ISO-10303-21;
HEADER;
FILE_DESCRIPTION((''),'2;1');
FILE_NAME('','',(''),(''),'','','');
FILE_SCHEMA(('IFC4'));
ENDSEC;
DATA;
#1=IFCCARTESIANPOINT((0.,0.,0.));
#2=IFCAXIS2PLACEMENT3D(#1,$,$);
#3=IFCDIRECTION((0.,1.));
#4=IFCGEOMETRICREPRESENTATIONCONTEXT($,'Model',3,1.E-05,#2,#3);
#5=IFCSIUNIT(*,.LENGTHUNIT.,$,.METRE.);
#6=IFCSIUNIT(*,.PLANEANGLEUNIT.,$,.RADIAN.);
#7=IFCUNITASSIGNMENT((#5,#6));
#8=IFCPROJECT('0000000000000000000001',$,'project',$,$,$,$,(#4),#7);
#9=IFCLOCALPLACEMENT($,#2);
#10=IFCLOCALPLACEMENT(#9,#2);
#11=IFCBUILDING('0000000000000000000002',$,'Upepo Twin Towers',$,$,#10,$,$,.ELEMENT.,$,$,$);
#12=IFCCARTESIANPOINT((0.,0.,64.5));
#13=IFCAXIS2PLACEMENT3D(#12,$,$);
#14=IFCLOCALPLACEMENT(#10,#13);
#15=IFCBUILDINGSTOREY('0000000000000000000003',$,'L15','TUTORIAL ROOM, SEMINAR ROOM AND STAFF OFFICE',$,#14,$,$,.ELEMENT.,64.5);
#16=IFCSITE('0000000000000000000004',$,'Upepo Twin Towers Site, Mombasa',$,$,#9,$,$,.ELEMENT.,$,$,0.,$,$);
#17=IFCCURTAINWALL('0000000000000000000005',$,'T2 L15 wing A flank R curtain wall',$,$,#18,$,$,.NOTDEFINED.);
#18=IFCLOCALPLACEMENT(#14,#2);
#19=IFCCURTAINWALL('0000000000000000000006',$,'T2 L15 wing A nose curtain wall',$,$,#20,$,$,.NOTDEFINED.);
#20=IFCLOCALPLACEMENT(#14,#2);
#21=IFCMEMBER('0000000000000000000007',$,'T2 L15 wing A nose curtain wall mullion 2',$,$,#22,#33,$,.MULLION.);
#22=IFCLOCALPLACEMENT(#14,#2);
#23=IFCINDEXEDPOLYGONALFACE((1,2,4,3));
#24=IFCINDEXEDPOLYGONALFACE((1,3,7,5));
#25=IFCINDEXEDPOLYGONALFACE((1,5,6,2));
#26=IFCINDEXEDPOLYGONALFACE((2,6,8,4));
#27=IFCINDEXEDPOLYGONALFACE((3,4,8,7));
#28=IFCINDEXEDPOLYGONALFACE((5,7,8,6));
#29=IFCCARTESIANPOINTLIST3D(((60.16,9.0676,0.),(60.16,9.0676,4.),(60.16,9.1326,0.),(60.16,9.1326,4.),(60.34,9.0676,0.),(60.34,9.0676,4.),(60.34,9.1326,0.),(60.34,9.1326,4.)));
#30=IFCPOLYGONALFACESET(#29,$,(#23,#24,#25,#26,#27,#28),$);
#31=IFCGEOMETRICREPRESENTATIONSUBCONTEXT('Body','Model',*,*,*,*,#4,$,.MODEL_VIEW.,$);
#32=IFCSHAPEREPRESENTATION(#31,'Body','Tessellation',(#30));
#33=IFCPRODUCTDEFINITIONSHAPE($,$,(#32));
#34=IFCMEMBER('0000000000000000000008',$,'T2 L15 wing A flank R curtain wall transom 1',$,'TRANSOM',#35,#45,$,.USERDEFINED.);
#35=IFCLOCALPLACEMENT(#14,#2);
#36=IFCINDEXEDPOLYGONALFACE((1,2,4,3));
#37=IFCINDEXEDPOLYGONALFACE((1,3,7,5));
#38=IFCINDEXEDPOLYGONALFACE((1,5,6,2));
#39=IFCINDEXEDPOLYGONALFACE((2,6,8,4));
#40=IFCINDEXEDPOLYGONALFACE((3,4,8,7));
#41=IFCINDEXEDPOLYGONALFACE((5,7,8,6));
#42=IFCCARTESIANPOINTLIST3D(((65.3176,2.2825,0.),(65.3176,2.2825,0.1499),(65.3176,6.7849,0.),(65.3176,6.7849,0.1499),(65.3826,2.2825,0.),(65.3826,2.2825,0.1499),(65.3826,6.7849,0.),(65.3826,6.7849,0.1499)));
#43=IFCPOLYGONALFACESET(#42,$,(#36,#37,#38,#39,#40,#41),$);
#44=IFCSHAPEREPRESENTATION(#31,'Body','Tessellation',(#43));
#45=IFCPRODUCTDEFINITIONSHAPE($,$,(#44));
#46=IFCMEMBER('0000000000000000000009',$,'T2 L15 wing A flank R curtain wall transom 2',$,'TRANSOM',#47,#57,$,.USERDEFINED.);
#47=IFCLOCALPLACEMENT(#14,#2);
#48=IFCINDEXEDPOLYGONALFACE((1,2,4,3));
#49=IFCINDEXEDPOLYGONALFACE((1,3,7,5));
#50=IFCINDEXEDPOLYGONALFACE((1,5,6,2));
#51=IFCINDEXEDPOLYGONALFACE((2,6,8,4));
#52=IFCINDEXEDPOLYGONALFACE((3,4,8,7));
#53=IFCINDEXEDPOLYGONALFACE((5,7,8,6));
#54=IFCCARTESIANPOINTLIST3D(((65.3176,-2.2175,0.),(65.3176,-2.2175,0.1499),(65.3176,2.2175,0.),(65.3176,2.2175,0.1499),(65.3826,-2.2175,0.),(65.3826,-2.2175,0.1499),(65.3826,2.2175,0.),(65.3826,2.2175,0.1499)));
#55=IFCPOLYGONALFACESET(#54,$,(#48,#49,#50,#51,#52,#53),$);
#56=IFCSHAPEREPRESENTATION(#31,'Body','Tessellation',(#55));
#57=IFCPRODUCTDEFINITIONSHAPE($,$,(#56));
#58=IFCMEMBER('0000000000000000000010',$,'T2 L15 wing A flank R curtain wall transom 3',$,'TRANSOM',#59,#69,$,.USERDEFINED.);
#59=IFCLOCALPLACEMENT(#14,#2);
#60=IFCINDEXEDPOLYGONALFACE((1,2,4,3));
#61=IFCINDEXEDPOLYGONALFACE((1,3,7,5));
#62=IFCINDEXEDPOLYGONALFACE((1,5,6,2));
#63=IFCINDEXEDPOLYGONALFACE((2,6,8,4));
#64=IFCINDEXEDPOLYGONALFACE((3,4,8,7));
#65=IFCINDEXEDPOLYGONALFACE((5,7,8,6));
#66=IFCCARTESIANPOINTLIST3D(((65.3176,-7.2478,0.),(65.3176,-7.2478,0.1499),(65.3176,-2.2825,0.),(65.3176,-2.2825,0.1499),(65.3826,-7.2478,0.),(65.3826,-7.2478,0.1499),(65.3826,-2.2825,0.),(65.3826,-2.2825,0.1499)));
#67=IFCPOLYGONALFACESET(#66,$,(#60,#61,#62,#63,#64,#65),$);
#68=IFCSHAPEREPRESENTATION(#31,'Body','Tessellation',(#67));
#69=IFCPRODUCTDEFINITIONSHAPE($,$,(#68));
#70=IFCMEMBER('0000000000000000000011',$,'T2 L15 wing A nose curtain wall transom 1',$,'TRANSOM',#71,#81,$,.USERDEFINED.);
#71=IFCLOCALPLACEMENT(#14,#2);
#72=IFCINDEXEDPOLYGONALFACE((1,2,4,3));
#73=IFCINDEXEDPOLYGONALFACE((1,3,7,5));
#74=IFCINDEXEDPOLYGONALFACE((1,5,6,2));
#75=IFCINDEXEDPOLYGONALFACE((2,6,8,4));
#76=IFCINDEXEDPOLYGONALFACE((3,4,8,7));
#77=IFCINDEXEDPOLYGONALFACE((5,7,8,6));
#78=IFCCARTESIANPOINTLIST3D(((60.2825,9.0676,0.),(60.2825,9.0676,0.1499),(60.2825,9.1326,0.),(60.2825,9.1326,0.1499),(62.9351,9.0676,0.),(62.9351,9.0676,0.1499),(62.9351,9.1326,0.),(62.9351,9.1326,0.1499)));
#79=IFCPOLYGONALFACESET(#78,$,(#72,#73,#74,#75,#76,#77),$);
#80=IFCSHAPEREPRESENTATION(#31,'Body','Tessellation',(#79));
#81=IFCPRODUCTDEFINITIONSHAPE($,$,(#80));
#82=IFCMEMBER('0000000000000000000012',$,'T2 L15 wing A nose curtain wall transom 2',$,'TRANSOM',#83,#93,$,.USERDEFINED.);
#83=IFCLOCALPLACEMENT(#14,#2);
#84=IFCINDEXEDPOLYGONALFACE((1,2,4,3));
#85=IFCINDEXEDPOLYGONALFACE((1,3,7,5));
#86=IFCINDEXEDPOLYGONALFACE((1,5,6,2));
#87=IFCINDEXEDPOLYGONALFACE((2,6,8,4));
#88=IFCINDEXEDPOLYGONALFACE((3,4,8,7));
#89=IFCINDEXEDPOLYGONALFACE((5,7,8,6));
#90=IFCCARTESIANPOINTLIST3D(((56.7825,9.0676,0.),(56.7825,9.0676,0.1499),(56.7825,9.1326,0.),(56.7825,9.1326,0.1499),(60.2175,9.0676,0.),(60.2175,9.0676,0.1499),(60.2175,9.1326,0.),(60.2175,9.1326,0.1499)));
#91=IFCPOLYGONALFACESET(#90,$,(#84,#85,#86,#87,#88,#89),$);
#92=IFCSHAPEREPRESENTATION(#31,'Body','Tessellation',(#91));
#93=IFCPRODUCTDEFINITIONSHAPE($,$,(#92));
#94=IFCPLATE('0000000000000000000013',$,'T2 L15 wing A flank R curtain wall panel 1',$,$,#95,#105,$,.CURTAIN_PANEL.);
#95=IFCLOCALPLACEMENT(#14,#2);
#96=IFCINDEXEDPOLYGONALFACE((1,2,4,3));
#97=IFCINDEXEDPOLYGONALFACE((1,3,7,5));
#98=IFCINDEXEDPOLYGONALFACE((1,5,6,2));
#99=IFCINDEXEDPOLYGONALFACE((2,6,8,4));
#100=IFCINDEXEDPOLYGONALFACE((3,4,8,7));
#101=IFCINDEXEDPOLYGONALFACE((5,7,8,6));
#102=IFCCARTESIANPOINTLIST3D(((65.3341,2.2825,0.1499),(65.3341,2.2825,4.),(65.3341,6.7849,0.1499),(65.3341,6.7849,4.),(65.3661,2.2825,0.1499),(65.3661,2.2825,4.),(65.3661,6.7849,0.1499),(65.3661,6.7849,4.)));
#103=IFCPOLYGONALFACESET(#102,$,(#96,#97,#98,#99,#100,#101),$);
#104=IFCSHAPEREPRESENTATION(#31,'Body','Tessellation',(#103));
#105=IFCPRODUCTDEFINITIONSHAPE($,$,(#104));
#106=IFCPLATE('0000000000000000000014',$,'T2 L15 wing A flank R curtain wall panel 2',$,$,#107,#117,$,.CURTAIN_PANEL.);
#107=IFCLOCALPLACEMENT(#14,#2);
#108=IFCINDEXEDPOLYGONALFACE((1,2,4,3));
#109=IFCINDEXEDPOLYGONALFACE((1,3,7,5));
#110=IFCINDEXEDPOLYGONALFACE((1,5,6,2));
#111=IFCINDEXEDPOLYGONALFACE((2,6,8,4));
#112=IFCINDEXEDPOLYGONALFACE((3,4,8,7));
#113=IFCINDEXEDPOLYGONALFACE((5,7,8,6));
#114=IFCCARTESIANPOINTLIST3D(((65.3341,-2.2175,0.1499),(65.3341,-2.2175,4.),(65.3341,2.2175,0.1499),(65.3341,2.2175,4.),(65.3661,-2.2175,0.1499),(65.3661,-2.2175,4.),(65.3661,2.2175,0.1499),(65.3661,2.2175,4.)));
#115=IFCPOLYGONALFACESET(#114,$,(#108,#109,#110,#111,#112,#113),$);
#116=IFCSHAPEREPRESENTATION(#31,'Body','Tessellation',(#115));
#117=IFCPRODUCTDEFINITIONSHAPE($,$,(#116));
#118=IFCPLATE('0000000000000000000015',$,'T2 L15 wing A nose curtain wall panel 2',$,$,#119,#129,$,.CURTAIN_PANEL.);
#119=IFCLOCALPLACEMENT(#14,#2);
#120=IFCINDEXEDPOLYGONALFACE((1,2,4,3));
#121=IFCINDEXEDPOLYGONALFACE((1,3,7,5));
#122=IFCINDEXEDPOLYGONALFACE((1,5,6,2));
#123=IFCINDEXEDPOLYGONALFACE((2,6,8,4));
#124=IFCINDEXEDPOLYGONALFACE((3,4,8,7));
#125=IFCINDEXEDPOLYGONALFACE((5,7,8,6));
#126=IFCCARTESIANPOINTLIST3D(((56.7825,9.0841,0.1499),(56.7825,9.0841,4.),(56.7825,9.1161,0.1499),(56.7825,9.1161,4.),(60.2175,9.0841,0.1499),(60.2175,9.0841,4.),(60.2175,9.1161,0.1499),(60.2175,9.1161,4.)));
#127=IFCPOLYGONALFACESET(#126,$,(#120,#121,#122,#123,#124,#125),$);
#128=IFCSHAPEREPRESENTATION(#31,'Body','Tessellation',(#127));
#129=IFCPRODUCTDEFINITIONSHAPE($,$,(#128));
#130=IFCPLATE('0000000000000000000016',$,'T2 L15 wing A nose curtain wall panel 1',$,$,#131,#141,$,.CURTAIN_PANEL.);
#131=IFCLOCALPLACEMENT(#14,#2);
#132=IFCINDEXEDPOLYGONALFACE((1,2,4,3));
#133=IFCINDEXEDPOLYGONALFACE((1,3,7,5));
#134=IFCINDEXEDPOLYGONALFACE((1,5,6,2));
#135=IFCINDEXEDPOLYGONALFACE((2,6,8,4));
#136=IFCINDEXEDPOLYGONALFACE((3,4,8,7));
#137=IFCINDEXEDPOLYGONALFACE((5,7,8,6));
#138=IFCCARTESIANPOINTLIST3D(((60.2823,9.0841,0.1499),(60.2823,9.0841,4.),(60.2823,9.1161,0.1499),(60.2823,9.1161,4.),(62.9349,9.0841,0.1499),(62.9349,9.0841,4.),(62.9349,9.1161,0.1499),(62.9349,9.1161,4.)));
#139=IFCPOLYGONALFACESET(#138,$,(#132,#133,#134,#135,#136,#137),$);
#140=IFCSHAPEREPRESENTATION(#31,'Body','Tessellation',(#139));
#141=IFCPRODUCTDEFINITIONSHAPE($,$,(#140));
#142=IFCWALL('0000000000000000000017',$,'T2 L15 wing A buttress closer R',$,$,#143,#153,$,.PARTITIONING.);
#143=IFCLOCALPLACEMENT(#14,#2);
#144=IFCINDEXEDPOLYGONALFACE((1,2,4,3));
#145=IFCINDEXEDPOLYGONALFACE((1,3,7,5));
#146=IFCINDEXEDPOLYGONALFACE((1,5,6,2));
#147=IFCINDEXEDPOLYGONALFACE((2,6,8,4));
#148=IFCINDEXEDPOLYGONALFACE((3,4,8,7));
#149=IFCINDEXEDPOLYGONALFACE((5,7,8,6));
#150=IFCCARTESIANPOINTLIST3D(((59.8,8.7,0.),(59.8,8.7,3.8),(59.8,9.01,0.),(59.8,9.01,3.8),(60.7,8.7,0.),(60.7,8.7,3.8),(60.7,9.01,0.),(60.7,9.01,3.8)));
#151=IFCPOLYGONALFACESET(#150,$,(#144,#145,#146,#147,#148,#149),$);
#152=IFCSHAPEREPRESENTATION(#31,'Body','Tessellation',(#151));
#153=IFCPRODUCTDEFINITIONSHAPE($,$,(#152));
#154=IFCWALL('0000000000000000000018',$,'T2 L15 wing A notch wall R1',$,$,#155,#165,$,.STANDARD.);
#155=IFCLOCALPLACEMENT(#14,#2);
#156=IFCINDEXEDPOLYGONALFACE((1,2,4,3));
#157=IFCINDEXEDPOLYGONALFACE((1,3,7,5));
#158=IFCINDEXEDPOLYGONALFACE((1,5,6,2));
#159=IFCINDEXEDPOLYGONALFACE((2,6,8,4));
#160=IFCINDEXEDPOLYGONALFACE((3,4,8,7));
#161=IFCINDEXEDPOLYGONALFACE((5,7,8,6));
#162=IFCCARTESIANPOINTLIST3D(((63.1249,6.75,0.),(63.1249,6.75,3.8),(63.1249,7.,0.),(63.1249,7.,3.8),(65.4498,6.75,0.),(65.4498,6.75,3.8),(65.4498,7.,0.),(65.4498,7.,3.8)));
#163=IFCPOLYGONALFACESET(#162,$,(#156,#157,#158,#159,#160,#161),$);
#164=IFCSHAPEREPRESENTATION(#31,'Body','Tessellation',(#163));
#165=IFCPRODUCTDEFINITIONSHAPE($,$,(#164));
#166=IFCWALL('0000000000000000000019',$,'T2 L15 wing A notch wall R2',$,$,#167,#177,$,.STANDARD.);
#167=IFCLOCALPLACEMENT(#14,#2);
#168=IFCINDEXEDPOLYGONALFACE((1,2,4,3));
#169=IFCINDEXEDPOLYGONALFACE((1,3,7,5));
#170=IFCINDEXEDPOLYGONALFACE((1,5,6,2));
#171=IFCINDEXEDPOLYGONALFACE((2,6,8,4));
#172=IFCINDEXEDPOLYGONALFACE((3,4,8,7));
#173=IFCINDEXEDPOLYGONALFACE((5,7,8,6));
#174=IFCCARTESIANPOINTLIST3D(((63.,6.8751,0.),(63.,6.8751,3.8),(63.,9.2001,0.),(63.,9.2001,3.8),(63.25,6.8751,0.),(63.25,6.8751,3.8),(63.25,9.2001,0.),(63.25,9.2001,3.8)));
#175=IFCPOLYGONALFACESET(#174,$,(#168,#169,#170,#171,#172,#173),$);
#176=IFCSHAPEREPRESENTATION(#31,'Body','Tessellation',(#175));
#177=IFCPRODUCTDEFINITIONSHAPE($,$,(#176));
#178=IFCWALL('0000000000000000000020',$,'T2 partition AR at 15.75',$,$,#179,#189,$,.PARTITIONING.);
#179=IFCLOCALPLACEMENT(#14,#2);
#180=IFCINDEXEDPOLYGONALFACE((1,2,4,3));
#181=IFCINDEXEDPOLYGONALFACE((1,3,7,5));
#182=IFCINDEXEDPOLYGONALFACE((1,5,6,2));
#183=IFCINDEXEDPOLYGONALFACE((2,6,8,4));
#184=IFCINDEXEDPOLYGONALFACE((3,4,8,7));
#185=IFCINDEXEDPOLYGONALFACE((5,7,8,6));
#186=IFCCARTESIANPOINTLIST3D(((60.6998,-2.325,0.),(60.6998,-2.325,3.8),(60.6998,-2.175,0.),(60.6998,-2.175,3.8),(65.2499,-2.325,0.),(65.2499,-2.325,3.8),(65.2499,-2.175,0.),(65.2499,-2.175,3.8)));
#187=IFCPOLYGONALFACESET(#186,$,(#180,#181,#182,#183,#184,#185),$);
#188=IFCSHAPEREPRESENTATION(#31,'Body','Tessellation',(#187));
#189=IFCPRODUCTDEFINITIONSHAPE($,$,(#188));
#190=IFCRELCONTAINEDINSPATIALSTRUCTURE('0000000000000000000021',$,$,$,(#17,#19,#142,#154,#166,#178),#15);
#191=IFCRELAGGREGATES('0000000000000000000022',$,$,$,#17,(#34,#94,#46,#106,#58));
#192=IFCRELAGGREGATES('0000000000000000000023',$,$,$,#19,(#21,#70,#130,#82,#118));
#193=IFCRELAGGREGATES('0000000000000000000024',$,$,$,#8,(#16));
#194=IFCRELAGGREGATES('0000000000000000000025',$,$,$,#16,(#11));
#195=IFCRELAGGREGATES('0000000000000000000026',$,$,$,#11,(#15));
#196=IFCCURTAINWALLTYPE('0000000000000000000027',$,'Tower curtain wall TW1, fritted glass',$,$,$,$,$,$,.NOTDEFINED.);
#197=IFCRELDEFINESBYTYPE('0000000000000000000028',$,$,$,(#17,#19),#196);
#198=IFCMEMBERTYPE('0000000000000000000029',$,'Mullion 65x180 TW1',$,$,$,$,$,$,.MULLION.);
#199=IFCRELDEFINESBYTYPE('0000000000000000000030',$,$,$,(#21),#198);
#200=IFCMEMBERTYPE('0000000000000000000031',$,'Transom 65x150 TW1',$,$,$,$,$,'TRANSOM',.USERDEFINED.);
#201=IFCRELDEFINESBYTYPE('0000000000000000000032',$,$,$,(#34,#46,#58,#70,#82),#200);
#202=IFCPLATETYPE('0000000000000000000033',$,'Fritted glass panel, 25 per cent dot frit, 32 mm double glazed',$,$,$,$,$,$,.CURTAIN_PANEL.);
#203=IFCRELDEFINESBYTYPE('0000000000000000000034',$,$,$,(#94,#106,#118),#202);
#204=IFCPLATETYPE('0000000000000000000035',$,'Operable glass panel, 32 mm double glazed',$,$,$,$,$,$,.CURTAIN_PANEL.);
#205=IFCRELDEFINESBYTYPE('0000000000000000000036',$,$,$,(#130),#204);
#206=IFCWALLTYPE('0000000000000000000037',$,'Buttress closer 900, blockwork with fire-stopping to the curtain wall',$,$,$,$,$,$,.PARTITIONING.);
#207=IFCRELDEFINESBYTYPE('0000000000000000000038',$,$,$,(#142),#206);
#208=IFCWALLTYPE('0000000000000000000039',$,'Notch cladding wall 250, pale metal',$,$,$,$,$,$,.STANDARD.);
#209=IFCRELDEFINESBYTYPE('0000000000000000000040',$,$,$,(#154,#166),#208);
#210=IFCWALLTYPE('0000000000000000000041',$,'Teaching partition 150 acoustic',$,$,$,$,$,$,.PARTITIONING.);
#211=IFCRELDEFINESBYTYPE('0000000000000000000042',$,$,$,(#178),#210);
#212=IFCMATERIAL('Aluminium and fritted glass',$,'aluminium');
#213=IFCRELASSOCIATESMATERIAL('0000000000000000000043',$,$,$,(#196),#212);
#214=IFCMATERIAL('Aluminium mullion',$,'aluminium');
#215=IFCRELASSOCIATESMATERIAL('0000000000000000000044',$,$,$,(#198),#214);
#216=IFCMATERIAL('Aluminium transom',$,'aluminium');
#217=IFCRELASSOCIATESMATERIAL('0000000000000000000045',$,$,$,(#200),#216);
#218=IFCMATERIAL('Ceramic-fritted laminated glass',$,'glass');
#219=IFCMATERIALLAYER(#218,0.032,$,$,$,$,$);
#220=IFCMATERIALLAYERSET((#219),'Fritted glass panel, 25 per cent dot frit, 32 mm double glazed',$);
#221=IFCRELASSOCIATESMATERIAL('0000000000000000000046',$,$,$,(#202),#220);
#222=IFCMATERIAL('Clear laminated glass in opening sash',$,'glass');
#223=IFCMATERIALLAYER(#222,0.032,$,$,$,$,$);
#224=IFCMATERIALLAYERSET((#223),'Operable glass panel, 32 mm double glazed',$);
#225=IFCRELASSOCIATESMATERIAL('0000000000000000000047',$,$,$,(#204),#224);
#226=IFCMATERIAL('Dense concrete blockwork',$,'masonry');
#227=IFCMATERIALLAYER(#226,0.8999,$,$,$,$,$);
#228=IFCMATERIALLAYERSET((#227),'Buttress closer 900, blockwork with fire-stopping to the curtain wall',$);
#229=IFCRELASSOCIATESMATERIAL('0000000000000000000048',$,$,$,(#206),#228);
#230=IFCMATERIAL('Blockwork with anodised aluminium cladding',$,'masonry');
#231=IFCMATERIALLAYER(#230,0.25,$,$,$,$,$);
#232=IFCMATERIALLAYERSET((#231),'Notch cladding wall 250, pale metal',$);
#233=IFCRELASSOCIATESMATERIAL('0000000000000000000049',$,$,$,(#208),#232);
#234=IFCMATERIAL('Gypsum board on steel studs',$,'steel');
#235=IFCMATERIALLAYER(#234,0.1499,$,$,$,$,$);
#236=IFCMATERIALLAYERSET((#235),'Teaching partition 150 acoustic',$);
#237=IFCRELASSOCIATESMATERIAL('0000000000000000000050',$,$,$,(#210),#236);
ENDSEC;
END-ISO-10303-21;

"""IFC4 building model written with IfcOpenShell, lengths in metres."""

from ifc_helpers import new_model, si_unit, direction, frame, frame_2d, origin, origin_2d, place, context, subcontext, project, spatial, rectangle, extrude, material, layer, layer_set, material_profile, profile_set, type_object, element, aggregate, save


model = new_model("IFC4")

# Units and contexts
model_context = context("Model", 3, precision=1e-05, world=origin(), true_north=direction((0.0, 1.0)))
body_context = subcontext(model_context, "Body", "Model", "MODEL_VIEW")
ifc_project = project(units=[si_unit("LENGTHUNIT", "METRE"), si_unit("PLANEANGLEUNIT", "RADIAN")], contexts=[model_context])

# Site, building, storey
site_placement = place(None, origin())
site = spatial("IfcSite", under=ifc_project, at=site_placement, Name="Upepo Twin Towers Site, Mombasa", CompositionType="ELEMENT", RefElevation=0.0)
building_placement = place(site_placement, origin())
building = spatial("IfcBuilding", under=site, at=building_placement, Name="Upepo Twin Towers", CompositionType="ELEMENT")
storey_placement = place(building_placement, frame((0.0, 0.0, 64.5)))
storey = spatial("IfcBuildingStorey", under=building, at=storey_placement, Name="L15", Description="TUTORIAL ROOM, SEMINAR ROOM AND STAFF OFFICE", CompositionType="ELEMENT", Elevation=64.5)

# Curtain walls, member
ifc_material_1 = material(Name="Aluminium and fritted glass", Category="aluminium")
curtain_wall_type = type_object("IfcCurtainWallType", Name="Tower curtain wall TW1, fritted glass", PredefinedType="NOTDEFINED", material=ifc_material_1)
curtain_wall_1_placement = place(storey_placement, origin())
curtain_wall_1 = element("IfcCurtainWall", 1, at=curtain_wall_1_placement, inside=storey, type_object=curtain_wall_type, Name="T2 L15 wing A flank R curtain wall", PredefinedType="NOTDEFINED")
ifc_material_2 = material(Name="Aluminium mullion", Category="aluminium")
ifc_material_profile_1 = material_profile(ifc_material_2, rectangle(XDim=0.0649, YDim=0.1799, at=origin_2d()), Name="MULLION 65x180")
ifc_profile_set_1 = profile_set([ifc_material_profile_1], Name="Aluminium mullion")
member_type_1 = type_object("IfcMemberType", Name="Mullion 65x180 TW1", PredefinedType="MULLION", material=ifc_profile_set_1)
curtain_wall_2_placement = place(storey_placement, origin())
curtain_wall_2 = element("IfcCurtainWall", 2, at=curtain_wall_2_placement, inside=storey, type_object=curtain_wall_type, Name="T2 L15 wing A nose curtain wall", PredefinedType="NOTDEFINED")
member_1_placement = place(storey_placement, frame((60.25, 9.1001, 0.0), z_axis=(0.0, 0.0, 1.0), x_axis=(0.0, -1.0, 0.0)))
member_1 = element("IfcMember", 3, at=member_1_placement, type_object=member_type_1, Name="T2 L15 wing A nose curtain wall mullion 2", PredefinedType="MULLION", context=body_context, shape_type="SweptSolid", body=[
    extrude(rectangle(XDim=0.0649, YDim=0.1799, at=origin_2d()), origin(), (0.0, 0.0, 1.0), 4.0),
])

# Members
ifc_material_3 = material(Name="Aluminium transom", Category="aluminium")
ifc_material_profile_2 = material_profile(ifc_material_3, rectangle(XDim=0.0649, YDim=0.1499, at=origin_2d()), Name="TRANSOM 65x150")
ifc_profile_set_2 = profile_set([ifc_material_profile_2], Name="Aluminium transom")
member_type_2 = type_object("IfcMemberType", Name="Transom 65x150 TW1", ElementType="TRANSOM", PredefinedType="USERDEFINED", material=ifc_profile_set_2)
member_2_placement = place(storey_placement, frame((65.3501, 6.7849, 0.075), z_axis=(0.0, -1.0, 0.0), x_axis=(1.0, 0.0, 0.0)))
member_2 = element("IfcMember", 4, at=member_2_placement, type_object=member_type_2, Name="T2 L15 wing A flank R curtain wall transom 1", ObjectType="TRANSOM", PredefinedType="USERDEFINED", context=body_context, shape_type="SweptSolid", body=[
    extrude(rectangle(XDim=0.0649, YDim=0.1499, at=origin_2d()), origin(), (0.0, 0.0, 1.0), 4.5024),
])
member_3_placement = place(storey_placement, frame((65.3501, 2.2175, 0.075), z_axis=(0.0, -1.0, 0.0), x_axis=(1.0, 0.0, 0.0)))
member_3 = element("IfcMember", 5, at=member_3_placement, type_object=member_type_2, Name="T2 L15 wing A flank R curtain wall transom 2", ObjectType="TRANSOM", PredefinedType="USERDEFINED", context=body_context, shape_type="SweptSolid", body=[
    extrude(rectangle(XDim=0.0649, YDim=0.1499, at=origin_2d()), origin(), (0.0, 0.0, 1.0), 4.4351),
])
member_4_placement = place(storey_placement, frame((65.3501, -2.2825, 0.075), z_axis=(0.0, -1.0, 0.0), x_axis=(1.0, 0.0, 0.0)))
member_4 = element("IfcMember", 6, at=member_4_placement, type_object=member_type_2, Name="T2 L15 wing A flank R curtain wall transom 3", ObjectType="TRANSOM", PredefinedType="USERDEFINED", context=body_context, shape_type="SweptSolid", body=[
    extrude(rectangle(XDim=0.0649, YDim=0.1499, at=origin_2d()), origin(), (0.0, 0.0, 1.0), 4.9653),
])
member_5_placement = place(storey_placement, frame((62.9351, 9.1001, 0.075), z_axis=(-1.0, 0.0, 0.0), x_axis=(0.0, -1.0, 0.0)))
member_5 = element("IfcMember", 7, at=member_5_placement, type_object=member_type_2, Name="T2 L15 wing A nose curtain wall transom 1", ObjectType="TRANSOM", PredefinedType="USERDEFINED", context=body_context, shape_type="SweptSolid", body=[
    extrude(rectangle(XDim=0.0649, YDim=0.1499, at=origin_2d()), origin(), (0.0, 0.0, 1.0), 2.6526),
])
member_6_placement = place(storey_placement, frame((60.2175, 9.1001, 0.075), z_axis=(-1.0, 0.0, 0.0), x_axis=(0.0, -1.0, 0.0)))
member_6 = element("IfcMember", 8, at=member_6_placement, type_object=member_type_2, Name="T2 L15 wing A nose curtain wall transom 2", ObjectType="TRANSOM", PredefinedType="USERDEFINED", context=body_context, shape_type="SweptSolid", body=[
    extrude(rectangle(XDim=0.0649, YDim=0.1499, at=origin_2d()), origin(), (0.0, 0.0, 1.0), 3.4351),
])

# Plates
ifc_material_4 = material(Name="Ceramic-fritted laminated glass", Category="glass")
ifc_layer_1 = layer(ifc_material_4, 0.032)
ifc_layer_set_1 = layer_set([ifc_layer_1], Name="Fritted glass panel, 25 per cent dot frit, 32 mm double glazed")
plate_type_1 = type_object("IfcPlateType", Name="Fritted glass panel, 25 per cent dot frit, 32 mm double glazed", PredefinedType="CURTAIN_PANEL", material=ifc_layer_set_1)
plate_1_placement = place(storey_placement, frame((65.3501, 4.5337, 0.1499), z_axis=(0.0, 0.0, 1.0), x_axis=(0.0, -1.0, 0.0)))
plate_1 = element("IfcPlate", 9, at=plate_1_placement, type_object=plate_type_1, Name="T2 L15 wing A flank R curtain wall panel 1", PredefinedType="CURTAIN_PANEL", context=body_context, shape_type="SweptSolid", body=[
    extrude(rectangle(XDim=4.5024, YDim=0.032, at=origin_2d()), origin(), (0.0, 0.0, 1.0), 3.8501),
])
plate_2_placement = place(storey_placement, frame((65.3501, 0.0, 0.1499), z_axis=(0.0, 0.0, 1.0), x_axis=(0.0, -1.0, 0.0)))
plate_2 = element("IfcPlate", 10, at=plate_2_placement, type_object=plate_type_1, Name="T2 L15 wing A flank R curtain wall panel 2", PredefinedType="CURTAIN_PANEL", context=body_context, shape_type="SweptSolid", body=[
    extrude(rectangle(XDim=4.4351, YDim=0.032, at=origin_2d()), origin(), (0.0, 0.0, 1.0), 3.8501),
])
aggregate(curtain_wall_1, [member_2, plate_1, member_3, plate_2, member_4])
plate_3_placement = place(storey_placement, frame((58.5, 9.1001, 0.1499), z_axis=(0.0, 0.0, 1.0), x_axis=(-1.0, 0.0, 0.0)))
plate_3 = element("IfcPlate", 11, at=plate_3_placement, type_object=plate_type_1, Name="T2 L15 wing A nose curtain wall panel 2", PredefinedType="CURTAIN_PANEL", context=body_context, shape_type="SweptSolid", body=[
    extrude(rectangle(XDim=3.4351, YDim=0.032, at=origin_2d()), origin(), (0.0, 0.0, 1.0), 3.8501),
])
ifc_material_5 = material(Name="Clear laminated glass in opening sash", Category="glass")
ifc_layer_2 = layer(ifc_material_5, 0.032)
ifc_layer_set_2 = layer_set([ifc_layer_2], Name="Operable glass panel, 32 mm double glazed")
plate_type_2 = type_object("IfcPlateType", Name="Operable glass panel, 32 mm double glazed", PredefinedType="CURTAIN_PANEL", material=ifc_layer_set_2)
plate_4_placement = place(storey_placement, frame((61.6086, 9.1001, 0.1499), z_axis=(0.0, 0.0, 1.0), x_axis=(-1.0, 0.0, 0.0)))
plate_4 = element("IfcPlate", 12, at=plate_4_placement, type_object=plate_type_2, Name="T2 L15 wing A nose curtain wall panel 1", PredefinedType="CURTAIN_PANEL", context=body_context, shape_type="SweptSolid", body=[
    extrude(rectangle(XDim=2.6526, YDim=0.032, at=origin_2d()), origin(), (0.0, 0.0, 1.0), 3.8501),
])
aggregate(curtain_wall_2, [member_1, member_5, plate_4, member_6, plate_3])

# Walls
ifc_material_6 = material(Name="Dense concrete blockwork", Category="masonry")
ifc_layer_3 = layer(ifc_material_6, 0.8999)
ifc_layer_set_3 = layer_set([ifc_layer_3], Name="Buttress closer 900, blockwork with fire-stopping to the curtain wall")
wall_type_1 = type_object("IfcWallType", Name="Buttress closer 900, blockwork with fire-stopping to the curtain wall", PredefinedType="PARTITIONING", material=ifc_layer_set_3)
wall_1_placement = place(storey_placement, frame((60.25, 8.7, 0.0), z_axis=(0.0, 0.0, 1.0), x_axis=(0.0, 1.0, 0.0)))
element("IfcWall", 13, at=wall_1_placement, inside=storey, type_object=wall_type_1, Name="T2 L15 wing A buttress closer R", PredefinedType="PARTITIONING", context=body_context, shape_type="SweptSolid", body=[
    extrude(rectangle(XDim=0.3101, YDim=0.8999, at=frame_2d((0.155, 0.0))), origin(), (0.0, 0.0, 1.0), 3.8),
])
ifc_material_7 = material(Name="Blockwork with anodised aluminium cladding", Category="masonry")
ifc_layer_4 = layer(ifc_material_7, 0.25)
ifc_layer_set_4 = layer_set([ifc_layer_4], Name="Notch cladding wall 250, pale metal")
wall_type_2 = type_object("IfcWallType", Name="Notch cladding wall 250, pale metal", PredefinedType="STANDARD", material=ifc_layer_set_4)
for number, where, z_axis, x_axis, name in (
    (14, (65.45, 6.875, 0.0), (0.0, 0.0, 1.0), (-1.0, 0.0, 0.0), "T2 L15 wing A notch wall R1"),
    (15, (63.125, 6.875, 0.0), (0.0, 0.0, 1.0), (0.0, 1.0, 0.0), "T2 L15 wing A notch wall R2"),
):
    element("IfcWall", number, at=place(storey_placement, frame(where, z_axis=z_axis, x_axis=x_axis)), inside=storey, type_object=wall_type_2, Name=name, PredefinedType="STANDARD", context=body_context, shape_type="SweptSolid", body=[
        extrude(rectangle(XDim=2.325, YDim=0.25, at=frame_2d((1.1626, 0.0))), origin(), (0.0, 0.0, 1.0), 3.8),
    ])
ifc_material_8 = material(Name="Gypsum board on steel studs", Category="steel")
ifc_layer_5 = layer(ifc_material_8, 0.1499)
ifc_layer_set_5 = layer_set([ifc_layer_5], Name="Teaching partition 150 acoustic")
wall_type_3 = type_object("IfcWallType", Name="Teaching partition 150 acoustic", PredefinedType="PARTITIONING", material=ifc_layer_set_5)
for number, where, z_axis, x_axis, name in (
    (16, (60.7, -2.25, 0.0), (0.0, 0.0, 1.0), (1.0, 0.0, 0.0), "T2 partition AR at 15.75"),
):
    element("IfcWall", number, at=place(storey_placement, frame(where, z_axis=z_axis, x_axis=x_axis)), inside=storey, type_object=wall_type_3, Name=name, PredefinedType="PARTITIONING", context=body_context, shape_type="SweptSolid", body=[
        extrude(rectangle(XDim=4.55, YDim=0.1499, at=frame_2d((2.2749, 0.0))), origin(), (0.0, 0.0, 1.0), 3.8),
    ])

save(model, "model.ifc")
